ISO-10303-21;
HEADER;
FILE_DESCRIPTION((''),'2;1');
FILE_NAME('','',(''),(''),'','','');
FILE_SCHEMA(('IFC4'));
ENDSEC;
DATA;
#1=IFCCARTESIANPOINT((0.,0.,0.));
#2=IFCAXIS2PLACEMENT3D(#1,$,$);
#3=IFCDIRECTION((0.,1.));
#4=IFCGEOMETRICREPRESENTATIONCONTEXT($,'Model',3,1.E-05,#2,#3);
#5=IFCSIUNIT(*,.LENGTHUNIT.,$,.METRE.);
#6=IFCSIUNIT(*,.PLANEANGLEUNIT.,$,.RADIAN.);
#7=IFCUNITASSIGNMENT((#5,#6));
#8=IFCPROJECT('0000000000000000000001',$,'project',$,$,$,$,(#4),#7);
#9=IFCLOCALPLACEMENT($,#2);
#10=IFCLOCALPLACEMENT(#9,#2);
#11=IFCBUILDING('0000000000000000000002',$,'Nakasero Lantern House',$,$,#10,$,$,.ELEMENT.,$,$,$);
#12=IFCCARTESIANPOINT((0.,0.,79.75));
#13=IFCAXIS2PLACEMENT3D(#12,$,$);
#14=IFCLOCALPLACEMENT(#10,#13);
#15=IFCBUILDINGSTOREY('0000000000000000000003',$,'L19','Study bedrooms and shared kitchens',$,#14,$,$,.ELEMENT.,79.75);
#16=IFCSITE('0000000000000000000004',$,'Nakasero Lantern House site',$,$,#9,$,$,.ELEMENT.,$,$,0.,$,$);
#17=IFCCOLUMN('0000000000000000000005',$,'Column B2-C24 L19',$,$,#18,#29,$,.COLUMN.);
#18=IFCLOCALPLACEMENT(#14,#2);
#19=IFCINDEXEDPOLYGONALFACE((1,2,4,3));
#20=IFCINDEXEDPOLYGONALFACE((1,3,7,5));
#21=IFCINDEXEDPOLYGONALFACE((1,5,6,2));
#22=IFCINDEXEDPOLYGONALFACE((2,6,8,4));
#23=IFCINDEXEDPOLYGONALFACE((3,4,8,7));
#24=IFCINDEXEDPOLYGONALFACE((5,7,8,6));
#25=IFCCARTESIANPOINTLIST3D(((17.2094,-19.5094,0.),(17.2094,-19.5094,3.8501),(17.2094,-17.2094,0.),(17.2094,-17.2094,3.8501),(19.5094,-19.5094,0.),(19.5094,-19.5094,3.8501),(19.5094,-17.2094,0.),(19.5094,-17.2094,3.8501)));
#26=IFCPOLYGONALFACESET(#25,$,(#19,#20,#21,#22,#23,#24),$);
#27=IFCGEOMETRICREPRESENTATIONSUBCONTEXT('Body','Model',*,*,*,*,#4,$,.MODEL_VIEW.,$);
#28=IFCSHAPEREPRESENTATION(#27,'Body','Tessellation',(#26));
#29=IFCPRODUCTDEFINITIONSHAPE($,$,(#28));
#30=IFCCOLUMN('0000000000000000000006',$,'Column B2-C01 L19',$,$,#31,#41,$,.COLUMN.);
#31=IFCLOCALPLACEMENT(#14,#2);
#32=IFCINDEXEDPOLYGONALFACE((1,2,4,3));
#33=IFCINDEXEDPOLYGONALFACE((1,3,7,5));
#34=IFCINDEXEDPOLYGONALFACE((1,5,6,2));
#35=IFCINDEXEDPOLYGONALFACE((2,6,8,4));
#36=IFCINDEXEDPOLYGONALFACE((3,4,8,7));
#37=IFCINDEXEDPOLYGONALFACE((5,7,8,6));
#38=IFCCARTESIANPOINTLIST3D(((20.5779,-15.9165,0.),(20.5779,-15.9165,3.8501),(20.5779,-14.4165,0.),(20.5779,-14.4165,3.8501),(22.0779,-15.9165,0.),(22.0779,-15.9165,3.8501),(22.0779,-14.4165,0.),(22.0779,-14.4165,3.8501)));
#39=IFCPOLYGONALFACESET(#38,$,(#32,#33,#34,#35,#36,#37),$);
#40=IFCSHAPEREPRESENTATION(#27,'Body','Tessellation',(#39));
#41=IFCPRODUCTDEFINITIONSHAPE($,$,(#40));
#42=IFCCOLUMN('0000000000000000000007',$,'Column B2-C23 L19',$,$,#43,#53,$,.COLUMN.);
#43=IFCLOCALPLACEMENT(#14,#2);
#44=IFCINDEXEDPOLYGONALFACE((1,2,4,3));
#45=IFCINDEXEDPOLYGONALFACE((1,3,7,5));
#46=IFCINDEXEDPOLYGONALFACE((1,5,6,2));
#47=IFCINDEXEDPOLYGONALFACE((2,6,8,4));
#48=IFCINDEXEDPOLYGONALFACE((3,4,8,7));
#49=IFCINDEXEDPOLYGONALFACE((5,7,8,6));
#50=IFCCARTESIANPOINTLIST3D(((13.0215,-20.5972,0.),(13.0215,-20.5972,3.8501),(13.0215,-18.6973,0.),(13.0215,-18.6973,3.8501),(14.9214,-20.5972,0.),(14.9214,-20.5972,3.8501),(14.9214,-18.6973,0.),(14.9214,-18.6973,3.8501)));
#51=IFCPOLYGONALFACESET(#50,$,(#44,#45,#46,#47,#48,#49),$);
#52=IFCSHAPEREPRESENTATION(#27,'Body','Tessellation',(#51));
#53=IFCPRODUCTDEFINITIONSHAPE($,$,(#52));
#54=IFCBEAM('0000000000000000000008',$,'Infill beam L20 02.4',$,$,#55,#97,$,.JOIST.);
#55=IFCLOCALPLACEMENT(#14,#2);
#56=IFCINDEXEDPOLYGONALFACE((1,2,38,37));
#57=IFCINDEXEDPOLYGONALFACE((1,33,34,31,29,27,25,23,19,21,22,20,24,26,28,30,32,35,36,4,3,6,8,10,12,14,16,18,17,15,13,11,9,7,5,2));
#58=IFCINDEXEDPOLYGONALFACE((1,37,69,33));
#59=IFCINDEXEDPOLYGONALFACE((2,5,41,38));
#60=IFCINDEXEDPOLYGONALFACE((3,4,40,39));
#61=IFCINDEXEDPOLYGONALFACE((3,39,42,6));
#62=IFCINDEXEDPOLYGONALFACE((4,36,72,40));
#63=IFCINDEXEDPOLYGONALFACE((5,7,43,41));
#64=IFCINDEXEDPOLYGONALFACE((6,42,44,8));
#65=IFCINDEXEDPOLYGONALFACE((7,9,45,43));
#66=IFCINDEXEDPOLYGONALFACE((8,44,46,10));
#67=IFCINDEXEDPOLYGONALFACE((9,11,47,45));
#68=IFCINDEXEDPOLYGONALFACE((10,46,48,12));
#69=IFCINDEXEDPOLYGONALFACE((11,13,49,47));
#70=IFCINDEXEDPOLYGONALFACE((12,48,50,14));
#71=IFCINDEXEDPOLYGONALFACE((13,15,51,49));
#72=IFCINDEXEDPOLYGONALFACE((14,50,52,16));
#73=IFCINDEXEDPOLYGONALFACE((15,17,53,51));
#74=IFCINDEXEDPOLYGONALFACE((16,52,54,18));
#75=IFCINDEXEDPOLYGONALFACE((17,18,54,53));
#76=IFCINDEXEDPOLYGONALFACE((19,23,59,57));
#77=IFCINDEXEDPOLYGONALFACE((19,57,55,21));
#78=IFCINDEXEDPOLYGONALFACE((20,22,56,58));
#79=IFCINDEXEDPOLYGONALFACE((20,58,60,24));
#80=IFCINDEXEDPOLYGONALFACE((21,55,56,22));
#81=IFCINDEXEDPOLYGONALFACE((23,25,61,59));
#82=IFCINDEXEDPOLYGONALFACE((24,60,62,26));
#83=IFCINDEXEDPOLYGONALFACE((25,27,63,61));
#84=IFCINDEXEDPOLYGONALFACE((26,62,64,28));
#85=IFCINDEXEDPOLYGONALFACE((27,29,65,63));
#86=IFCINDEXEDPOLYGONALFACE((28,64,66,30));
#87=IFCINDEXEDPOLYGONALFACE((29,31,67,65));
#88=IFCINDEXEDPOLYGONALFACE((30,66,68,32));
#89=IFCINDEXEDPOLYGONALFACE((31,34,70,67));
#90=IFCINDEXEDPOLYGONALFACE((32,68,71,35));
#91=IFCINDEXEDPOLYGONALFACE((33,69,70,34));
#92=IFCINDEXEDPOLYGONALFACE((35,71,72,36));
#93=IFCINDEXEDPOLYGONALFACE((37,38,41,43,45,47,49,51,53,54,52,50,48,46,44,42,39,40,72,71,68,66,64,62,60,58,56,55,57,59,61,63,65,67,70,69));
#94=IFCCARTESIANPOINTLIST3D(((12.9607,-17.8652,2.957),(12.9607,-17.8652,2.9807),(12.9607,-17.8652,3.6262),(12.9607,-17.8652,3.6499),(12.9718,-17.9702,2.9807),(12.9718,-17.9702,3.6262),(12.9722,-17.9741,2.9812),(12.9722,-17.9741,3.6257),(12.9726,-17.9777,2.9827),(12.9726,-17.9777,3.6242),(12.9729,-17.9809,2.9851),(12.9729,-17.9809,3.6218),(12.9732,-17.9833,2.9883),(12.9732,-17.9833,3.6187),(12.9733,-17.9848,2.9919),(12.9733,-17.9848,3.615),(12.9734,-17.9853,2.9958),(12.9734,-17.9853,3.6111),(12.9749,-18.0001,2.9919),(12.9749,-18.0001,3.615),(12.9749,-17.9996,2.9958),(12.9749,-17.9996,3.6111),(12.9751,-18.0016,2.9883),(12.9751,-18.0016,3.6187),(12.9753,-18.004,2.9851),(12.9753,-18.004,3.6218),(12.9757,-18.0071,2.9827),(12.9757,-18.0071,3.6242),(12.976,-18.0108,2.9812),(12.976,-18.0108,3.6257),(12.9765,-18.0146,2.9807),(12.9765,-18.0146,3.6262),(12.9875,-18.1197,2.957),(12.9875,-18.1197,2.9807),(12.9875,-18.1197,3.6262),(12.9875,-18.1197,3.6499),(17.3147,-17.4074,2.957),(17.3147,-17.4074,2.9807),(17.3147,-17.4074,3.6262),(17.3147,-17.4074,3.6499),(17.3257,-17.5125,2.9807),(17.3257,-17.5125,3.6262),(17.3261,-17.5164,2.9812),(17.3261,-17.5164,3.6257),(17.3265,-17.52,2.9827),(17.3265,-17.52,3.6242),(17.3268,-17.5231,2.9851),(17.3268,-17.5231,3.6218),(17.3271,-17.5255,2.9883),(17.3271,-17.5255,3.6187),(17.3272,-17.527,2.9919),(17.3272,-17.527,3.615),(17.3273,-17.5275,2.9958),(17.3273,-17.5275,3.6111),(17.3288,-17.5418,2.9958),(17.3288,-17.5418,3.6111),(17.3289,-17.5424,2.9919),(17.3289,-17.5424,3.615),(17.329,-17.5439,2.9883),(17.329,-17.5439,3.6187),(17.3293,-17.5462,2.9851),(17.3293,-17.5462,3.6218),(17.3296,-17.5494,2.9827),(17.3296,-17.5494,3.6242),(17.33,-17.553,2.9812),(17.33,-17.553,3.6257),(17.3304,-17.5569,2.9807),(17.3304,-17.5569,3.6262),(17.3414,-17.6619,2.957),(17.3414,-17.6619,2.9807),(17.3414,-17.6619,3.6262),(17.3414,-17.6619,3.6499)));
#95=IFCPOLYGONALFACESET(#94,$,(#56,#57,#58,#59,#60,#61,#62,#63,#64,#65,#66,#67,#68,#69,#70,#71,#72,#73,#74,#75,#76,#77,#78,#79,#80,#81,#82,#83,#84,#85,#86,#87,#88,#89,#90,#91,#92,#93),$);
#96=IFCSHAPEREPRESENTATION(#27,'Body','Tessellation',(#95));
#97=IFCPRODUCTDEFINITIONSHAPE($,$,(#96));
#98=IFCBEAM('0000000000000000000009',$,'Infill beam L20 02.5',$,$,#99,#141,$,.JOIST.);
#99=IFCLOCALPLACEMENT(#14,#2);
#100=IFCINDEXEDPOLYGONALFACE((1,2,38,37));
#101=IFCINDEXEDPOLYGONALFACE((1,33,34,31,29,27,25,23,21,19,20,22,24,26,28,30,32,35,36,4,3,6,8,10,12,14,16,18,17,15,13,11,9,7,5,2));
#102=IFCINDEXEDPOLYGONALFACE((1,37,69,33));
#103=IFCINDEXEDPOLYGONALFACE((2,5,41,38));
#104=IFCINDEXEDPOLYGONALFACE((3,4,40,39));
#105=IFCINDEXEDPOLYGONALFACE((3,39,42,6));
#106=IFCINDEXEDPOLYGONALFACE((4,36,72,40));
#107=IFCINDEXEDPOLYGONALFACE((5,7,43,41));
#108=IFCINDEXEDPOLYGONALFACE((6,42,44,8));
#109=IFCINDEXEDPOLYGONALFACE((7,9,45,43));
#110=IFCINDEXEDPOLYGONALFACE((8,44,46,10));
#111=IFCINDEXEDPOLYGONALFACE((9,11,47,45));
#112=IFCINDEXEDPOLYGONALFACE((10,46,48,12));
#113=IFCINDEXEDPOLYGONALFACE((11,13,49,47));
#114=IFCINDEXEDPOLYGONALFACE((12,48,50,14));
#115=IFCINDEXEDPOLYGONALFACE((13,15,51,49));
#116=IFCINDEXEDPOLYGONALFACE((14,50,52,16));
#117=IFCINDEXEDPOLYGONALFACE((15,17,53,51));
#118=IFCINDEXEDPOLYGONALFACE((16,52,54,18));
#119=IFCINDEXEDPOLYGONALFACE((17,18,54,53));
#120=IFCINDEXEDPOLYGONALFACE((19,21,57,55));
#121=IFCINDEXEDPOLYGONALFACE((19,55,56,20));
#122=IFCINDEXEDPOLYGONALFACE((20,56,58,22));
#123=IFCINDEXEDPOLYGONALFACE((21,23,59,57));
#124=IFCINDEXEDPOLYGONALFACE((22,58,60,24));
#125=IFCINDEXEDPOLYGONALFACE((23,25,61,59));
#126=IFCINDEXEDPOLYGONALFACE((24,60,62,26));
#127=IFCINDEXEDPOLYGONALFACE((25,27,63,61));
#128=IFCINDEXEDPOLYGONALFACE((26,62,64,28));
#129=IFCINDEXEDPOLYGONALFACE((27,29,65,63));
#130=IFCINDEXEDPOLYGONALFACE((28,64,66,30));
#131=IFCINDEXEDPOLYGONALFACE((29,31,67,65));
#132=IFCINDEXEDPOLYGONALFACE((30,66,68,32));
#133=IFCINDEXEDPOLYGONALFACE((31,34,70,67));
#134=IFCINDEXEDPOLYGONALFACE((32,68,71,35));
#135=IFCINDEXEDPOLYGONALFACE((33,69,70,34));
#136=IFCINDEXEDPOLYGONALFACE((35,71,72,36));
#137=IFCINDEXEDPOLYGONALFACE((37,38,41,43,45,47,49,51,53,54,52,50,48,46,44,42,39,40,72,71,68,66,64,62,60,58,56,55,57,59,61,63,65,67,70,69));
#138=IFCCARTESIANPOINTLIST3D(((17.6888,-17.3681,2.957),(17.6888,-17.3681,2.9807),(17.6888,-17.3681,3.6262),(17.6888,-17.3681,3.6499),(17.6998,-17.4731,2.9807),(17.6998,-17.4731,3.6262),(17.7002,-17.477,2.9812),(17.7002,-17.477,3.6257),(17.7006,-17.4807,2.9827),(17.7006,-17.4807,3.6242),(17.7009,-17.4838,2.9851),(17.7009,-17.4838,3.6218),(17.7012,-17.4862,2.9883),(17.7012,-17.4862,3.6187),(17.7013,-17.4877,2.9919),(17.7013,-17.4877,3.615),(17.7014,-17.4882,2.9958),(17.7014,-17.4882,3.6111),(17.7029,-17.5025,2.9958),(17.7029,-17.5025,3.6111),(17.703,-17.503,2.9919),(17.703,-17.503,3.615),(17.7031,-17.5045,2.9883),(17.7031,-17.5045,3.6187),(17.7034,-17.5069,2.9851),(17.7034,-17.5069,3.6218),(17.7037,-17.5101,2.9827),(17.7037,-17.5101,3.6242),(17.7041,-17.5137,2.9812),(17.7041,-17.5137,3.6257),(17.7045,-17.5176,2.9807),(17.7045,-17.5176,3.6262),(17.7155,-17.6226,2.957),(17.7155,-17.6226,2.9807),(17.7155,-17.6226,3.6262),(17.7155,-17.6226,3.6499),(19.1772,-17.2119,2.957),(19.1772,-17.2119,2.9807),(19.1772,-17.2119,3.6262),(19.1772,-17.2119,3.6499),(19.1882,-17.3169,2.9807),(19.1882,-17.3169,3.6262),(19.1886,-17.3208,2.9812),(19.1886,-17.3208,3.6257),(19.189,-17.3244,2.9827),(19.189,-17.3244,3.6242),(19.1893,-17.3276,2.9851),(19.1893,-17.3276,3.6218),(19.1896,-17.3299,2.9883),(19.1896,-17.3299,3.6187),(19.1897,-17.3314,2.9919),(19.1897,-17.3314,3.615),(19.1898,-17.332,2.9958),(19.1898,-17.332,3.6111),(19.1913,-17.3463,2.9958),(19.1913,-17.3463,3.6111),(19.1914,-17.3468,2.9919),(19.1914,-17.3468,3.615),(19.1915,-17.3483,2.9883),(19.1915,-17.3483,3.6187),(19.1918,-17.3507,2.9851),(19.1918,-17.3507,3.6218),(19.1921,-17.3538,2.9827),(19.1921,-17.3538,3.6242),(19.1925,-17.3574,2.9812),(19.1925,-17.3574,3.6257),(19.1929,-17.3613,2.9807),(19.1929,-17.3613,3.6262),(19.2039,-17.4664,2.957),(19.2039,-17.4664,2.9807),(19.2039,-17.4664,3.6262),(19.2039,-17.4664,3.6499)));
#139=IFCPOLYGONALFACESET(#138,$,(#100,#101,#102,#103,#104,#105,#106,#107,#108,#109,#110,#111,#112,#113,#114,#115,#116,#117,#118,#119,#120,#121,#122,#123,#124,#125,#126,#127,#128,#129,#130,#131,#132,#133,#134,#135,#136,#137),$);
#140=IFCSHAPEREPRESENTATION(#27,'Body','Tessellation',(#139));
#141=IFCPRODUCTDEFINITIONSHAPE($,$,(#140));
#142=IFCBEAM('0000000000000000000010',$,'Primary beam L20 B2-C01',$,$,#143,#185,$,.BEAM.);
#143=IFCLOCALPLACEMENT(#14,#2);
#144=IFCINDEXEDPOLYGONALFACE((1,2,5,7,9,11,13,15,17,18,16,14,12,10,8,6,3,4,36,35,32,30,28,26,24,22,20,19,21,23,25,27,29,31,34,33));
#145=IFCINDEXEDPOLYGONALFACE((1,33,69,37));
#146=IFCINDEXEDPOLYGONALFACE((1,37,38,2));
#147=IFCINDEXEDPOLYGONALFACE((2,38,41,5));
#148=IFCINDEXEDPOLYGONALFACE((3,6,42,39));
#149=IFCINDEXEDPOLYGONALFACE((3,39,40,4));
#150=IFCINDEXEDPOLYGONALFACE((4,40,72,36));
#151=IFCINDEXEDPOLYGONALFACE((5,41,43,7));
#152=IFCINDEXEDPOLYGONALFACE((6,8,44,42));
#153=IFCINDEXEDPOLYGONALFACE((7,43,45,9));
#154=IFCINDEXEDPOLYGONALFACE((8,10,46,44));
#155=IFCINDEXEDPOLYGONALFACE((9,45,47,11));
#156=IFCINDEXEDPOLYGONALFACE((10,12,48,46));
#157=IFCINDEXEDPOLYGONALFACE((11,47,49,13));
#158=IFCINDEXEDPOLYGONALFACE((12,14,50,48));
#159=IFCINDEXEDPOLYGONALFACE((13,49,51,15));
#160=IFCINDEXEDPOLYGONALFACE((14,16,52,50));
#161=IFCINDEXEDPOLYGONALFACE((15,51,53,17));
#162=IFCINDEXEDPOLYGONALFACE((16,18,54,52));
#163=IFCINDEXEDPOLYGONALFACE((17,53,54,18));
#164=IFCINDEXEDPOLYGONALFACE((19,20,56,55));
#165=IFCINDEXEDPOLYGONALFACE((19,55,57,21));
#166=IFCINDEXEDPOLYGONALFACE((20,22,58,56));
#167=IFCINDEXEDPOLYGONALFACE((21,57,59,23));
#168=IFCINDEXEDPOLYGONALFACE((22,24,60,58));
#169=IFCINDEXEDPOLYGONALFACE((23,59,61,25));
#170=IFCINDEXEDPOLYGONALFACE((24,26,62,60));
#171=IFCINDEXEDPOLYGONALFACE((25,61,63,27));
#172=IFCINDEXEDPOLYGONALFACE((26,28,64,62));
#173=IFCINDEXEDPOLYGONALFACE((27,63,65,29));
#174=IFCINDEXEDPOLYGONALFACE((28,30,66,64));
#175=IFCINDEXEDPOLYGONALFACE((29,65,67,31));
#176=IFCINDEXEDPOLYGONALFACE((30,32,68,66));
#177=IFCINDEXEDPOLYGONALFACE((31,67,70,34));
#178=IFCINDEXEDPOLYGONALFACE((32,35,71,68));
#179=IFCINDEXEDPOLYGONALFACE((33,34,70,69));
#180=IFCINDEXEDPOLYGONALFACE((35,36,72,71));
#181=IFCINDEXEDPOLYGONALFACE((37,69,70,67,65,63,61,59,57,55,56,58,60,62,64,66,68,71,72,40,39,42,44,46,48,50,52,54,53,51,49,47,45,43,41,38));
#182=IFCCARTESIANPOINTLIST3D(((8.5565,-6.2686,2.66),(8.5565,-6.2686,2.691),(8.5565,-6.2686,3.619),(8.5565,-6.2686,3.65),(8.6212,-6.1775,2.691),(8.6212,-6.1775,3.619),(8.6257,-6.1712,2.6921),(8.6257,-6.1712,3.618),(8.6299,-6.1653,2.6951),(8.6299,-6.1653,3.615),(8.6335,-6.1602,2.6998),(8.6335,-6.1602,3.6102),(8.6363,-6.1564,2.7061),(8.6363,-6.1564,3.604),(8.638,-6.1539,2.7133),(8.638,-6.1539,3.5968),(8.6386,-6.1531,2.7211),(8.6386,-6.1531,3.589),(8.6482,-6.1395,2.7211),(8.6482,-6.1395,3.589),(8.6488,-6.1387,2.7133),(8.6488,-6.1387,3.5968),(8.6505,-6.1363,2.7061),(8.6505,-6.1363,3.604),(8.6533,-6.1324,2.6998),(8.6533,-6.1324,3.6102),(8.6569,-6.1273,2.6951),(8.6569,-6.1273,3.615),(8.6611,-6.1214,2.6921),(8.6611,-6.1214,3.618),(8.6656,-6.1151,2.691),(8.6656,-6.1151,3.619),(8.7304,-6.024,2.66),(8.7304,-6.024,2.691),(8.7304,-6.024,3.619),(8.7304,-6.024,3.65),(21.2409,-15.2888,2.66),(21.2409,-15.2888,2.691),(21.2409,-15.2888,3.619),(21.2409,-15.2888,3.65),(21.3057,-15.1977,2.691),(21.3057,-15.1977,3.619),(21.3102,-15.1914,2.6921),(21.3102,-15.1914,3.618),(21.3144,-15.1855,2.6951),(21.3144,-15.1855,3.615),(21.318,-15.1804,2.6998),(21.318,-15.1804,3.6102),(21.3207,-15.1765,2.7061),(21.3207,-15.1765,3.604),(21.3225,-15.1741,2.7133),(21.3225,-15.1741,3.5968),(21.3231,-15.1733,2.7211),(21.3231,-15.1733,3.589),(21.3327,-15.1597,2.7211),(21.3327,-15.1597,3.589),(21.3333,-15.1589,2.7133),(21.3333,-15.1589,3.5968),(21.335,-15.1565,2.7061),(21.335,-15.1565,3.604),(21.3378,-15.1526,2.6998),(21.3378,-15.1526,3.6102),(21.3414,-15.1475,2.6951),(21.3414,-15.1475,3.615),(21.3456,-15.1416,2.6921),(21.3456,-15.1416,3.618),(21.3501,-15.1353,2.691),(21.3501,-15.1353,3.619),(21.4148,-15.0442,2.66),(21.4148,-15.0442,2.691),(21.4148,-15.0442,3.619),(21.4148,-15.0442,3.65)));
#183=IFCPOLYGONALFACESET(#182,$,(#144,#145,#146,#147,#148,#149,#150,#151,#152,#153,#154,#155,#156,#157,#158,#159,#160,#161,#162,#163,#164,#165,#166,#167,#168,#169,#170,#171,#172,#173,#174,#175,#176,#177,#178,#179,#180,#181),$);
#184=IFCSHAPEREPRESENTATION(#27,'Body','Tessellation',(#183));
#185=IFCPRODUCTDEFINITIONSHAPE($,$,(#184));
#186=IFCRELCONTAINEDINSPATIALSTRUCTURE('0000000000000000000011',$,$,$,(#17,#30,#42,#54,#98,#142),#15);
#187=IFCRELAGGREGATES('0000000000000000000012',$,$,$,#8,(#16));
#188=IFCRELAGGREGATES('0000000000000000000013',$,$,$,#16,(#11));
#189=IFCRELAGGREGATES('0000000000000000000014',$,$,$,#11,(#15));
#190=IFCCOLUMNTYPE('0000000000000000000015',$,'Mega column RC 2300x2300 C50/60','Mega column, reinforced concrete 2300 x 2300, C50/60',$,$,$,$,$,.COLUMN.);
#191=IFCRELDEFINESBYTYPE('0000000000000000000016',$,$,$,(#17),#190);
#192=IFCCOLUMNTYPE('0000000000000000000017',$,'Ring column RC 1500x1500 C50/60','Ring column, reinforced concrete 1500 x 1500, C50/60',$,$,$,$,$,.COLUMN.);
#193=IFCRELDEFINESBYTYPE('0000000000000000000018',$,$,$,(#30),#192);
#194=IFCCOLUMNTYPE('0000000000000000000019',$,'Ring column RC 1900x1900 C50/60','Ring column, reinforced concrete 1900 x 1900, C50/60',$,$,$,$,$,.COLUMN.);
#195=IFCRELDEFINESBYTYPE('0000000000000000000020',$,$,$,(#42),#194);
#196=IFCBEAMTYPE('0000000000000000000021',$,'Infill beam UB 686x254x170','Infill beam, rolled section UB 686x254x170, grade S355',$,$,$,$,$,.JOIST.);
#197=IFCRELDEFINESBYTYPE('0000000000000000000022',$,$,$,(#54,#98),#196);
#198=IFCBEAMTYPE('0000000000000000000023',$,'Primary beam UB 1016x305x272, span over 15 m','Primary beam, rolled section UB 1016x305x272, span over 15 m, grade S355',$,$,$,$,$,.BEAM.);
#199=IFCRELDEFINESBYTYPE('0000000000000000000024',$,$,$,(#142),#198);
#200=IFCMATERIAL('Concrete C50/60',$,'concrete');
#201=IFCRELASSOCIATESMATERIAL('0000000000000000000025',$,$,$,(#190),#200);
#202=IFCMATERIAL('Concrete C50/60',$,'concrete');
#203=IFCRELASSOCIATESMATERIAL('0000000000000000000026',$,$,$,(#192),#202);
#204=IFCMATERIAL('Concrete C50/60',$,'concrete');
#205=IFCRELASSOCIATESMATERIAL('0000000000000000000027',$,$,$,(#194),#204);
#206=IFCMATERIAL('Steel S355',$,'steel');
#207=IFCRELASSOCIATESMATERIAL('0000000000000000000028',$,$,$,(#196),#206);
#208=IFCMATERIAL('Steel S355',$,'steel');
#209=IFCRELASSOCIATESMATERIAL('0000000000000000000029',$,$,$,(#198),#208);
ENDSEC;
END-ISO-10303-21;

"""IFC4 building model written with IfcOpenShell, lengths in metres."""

from ifc_helpers import new_model, si_unit, direction, frame, origin, origin_2d, place, context, subcontext, project, spatial, rectangle, i_section, extrude, material, material_profile, profile_set, type_object, element, save


model = new_model("IFC4")

# Units and contexts
model_context = context("Model", 3, precision=1e-05, world=origin(), true_north=direction((0.0, 1.0)))
body_context = subcontext(model_context, "Body", "Model", "MODEL_VIEW")
ifc_project = project(units=[si_unit("LENGTHUNIT", "METRE"), si_unit("PLANEANGLEUNIT", "RADIAN")], contexts=[model_context])

# Site, building, storey
site_placement = place(None, origin())
site = spatial("IfcSite", under=ifc_project, at=site_placement, Name="Nakasero Lantern House site", CompositionType="ELEMENT", RefElevation=0.0)
building_placement = place(site_placement, origin())
building = spatial("IfcBuilding", under=site, at=building_placement, Name="Nakasero Lantern House", CompositionType="ELEMENT")
storey_placement = place(building_placement, frame((0.0, 0.0, 79.75)))
storey = spatial("IfcBuildingStorey", under=building, at=storey_placement, Name="L19", Description="Study bedrooms and shared kitchens", CompositionType="ELEMENT", Elevation=79.75)

# Columns
ifc_material_1 = material(Name="Concrete C50/60", Category="concrete")
ifc_material_profile_1 = material_profile(ifc_material_1, rectangle(XDim=2.3, YDim=2.3, at=origin_2d()), Name="RC 2300x2300")
ifc_profile_set_1 = profile_set([ifc_material_profile_1], Name="Concrete C50/60")
column_type_1 = type_object("IfcColumnType", Name="Mega column RC 2300x2300 C50/60", Description="Mega column, reinforced concrete 2300 x 2300, C50/60", PredefinedType="COLUMN", material=ifc_profile_set_1)
column_1_placement = place(storey_placement, frame((18.3594, -18.3594, 0.0), z_axis=(0.0, 0.0, 1.0), x_axis=(1.0, 0.0, 0.0)))
element("IfcColumn", 1, at=column_1_placement, inside=storey, type_object=column_type_1, Name="Column B2-C24 L19", PredefinedType="COLUMN", context=body_context, shape_type="SweptSolid", body=[
    extrude(rectangle(XDim=2.3, YDim=2.3, at=origin_2d()), origin(), (0.0, 0.0, 1.0), 3.8501),
])
ifc_material_2 = material(Name="Concrete C50/60", Category="concrete")
ifc_material_profile_2 = material_profile(ifc_material_2, rectangle(XDim=1.5, YDim=1.5, at=origin_2d()), Name="RC 1500x1500")
ifc_profile_set_2 = profile_set([ifc_material_profile_2], Name="Concrete C50/60")
column_type_2 = type_object("IfcColumnType", Name="Ring column RC 1500x1500 C50/60", Description="Ring column, reinforced concrete 1500 x 1500, C50/60", PredefinedType="COLUMN", material=ifc_profile_set_2)
column_2_placement = place(storey_placement, frame((21.3279, -15.1665, 0.0), z_axis=(0.0, 0.0, 1.0), x_axis=(1.0, 0.0, 0.0)))
element("IfcColumn", 2, at=column_2_placement, inside=storey, type_object=column_type_2, Name="Column B2-C01 L19", PredefinedType="COLUMN", context=body_context, shape_type="SweptSolid", body=[
    extrude(rectangle(XDim=1.5, YDim=1.5, at=origin_2d()), origin(), (0.0, 0.0, 1.0), 3.8501),
])
ifc_material_3 = material(Name="Concrete C50/60", Category="concrete")
ifc_material_profile_3 = material_profile(ifc_material_3, rectangle(XDim=1.8999, YDim=1.8999, at=origin_2d()), Name="RC 1900x1900")
ifc_profile_set_3 = profile_set([ifc_material_profile_3], Name="Concrete C50/60")
column_type_3 = type_object("IfcColumnType", Name="Ring column RC 1900x1900 C50/60", Description="Ring column, reinforced concrete 1900 x 1900, C50/60", PredefinedType="COLUMN", material=ifc_profile_set_3)
column_3_placement = place(storey_placement, frame((13.9714, -19.6472, 0.0), z_axis=(0.0, 0.0, 1.0), x_axis=(1.0, 0.0, 0.0)))
element("IfcColumn", 3, at=column_3_placement, inside=storey, type_object=column_type_3, Name="Column B2-C23 L19", PredefinedType="COLUMN", context=body_context, shape_type="SweptSolid", body=[
    extrude(rectangle(XDim=1.8999, YDim=1.8999, at=origin_2d()), origin(), (0.0, 0.0, 1.0), 3.8501),
])

# Beams
ifc_material_4 = material(Name="Steel S355", Category="steel")
ifc_material_profile_4 = material_profile(ifc_material_4, i_section(OverallWidth=0.2559, OverallDepth=0.6929, WebThickness=0.0144, FlangeThickness=0.0237, FilletRadius=0.0151, at=origin_2d()), Name="UB 686x254x170")
ifc_profile_set_4 = profile_set([ifc_material_profile_4], Name="Steel S355")
beam_type_1 = type_object("IfcBeamType", Name="Infill beam UB 686x254x170", Description="Infill beam, rolled section UB 686x254x170, grade S355", PredefinedType="JOIST", material=ifc_profile_set_4)
beam_1_placement = place(storey_placement, frame((12.9741, -17.9924, 3.3035), z_axis=(0.994519, 0.10456, 0.0), x_axis=(-0.10456, 0.994519, 0.0)))
element("IfcBeam", 4, at=beam_1_placement, inside=storey, type_object=beam_type_1, Name="Infill beam L20 02.4", PredefinedType="JOIST", context=body_context, shape_type="SweptSolid", body=[
    extrude(i_section(OverallWidth=0.2559, OverallDepth=0.6929, WebThickness=0.0144, FlangeThickness=0.0237, FilletRadius=0.0151, at=origin_2d()), origin(), (0.0, 0.0, 1.0), 4.3779),
])
beam_2_placement = place(storey_placement, frame((17.7021, -17.4954, 3.3035), z_axis=(0.994536, 0.104396, 0.0), x_axis=(-0.104396, 0.994536, 0.0)))
element("IfcBeam", 5, at=beam_2_placement, inside=storey, type_object=beam_type_1, Name="Infill beam L20 02.5", PredefinedType="JOIST", context=body_context, shape_type="SweptSolid", body=[
    extrude(i_section(OverallWidth=0.2559, OverallDepth=0.6929, WebThickness=0.0144, FlangeThickness=0.0237, FilletRadius=0.0151, at=origin_2d()), origin(), (0.0, 0.0, 1.0), 1.4966),
])
ifc_material_5 = material(Name="Steel S355", Category="steel")
ifc_material_profile_5 = material_profile(ifc_material_5, i_section(OverallWidth=0.3, OverallDepth=0.99, WebThickness=0.0166, FlangeThickness=0.031, FilletRadius=0.03, at=origin_2d()), Name="UB 1016x305x272")
ifc_profile_set_5 = profile_set([ifc_material_profile_5], Name="Steel S355")
beam_type_2 = type_object("IfcBeamType", Name="Primary beam UB 1016x305x272, span over 15 m", Description="Primary beam, rolled section UB 1016x305x272, span over 15 m, grade S355", PredefinedType="BEAM", material=ifc_profile_set_5)
beam_3_placement = place(storey_placement, frame((21.3279, -15.1665, 3.155), z_axis=(-0.814952, 0.579529, 0.0), x_axis=(-0.579529, -0.814952, 0.0)))
element("IfcBeam", 6, at=beam_3_placement, inside=storey, type_object=beam_type_2, Name="Primary beam L20 B2-C01", PredefinedType="BEAM", context=body_context, shape_type="SweptSolid", body=[
    extrude(i_section(OverallWidth=0.3, OverallDepth=0.99, WebThickness=0.0166, FlangeThickness=0.031, FilletRadius=0.03, at=origin_2d()), origin(), (0.0, 0.0, 1.0), 15.5647),
])

save(model, "model.ifc")
